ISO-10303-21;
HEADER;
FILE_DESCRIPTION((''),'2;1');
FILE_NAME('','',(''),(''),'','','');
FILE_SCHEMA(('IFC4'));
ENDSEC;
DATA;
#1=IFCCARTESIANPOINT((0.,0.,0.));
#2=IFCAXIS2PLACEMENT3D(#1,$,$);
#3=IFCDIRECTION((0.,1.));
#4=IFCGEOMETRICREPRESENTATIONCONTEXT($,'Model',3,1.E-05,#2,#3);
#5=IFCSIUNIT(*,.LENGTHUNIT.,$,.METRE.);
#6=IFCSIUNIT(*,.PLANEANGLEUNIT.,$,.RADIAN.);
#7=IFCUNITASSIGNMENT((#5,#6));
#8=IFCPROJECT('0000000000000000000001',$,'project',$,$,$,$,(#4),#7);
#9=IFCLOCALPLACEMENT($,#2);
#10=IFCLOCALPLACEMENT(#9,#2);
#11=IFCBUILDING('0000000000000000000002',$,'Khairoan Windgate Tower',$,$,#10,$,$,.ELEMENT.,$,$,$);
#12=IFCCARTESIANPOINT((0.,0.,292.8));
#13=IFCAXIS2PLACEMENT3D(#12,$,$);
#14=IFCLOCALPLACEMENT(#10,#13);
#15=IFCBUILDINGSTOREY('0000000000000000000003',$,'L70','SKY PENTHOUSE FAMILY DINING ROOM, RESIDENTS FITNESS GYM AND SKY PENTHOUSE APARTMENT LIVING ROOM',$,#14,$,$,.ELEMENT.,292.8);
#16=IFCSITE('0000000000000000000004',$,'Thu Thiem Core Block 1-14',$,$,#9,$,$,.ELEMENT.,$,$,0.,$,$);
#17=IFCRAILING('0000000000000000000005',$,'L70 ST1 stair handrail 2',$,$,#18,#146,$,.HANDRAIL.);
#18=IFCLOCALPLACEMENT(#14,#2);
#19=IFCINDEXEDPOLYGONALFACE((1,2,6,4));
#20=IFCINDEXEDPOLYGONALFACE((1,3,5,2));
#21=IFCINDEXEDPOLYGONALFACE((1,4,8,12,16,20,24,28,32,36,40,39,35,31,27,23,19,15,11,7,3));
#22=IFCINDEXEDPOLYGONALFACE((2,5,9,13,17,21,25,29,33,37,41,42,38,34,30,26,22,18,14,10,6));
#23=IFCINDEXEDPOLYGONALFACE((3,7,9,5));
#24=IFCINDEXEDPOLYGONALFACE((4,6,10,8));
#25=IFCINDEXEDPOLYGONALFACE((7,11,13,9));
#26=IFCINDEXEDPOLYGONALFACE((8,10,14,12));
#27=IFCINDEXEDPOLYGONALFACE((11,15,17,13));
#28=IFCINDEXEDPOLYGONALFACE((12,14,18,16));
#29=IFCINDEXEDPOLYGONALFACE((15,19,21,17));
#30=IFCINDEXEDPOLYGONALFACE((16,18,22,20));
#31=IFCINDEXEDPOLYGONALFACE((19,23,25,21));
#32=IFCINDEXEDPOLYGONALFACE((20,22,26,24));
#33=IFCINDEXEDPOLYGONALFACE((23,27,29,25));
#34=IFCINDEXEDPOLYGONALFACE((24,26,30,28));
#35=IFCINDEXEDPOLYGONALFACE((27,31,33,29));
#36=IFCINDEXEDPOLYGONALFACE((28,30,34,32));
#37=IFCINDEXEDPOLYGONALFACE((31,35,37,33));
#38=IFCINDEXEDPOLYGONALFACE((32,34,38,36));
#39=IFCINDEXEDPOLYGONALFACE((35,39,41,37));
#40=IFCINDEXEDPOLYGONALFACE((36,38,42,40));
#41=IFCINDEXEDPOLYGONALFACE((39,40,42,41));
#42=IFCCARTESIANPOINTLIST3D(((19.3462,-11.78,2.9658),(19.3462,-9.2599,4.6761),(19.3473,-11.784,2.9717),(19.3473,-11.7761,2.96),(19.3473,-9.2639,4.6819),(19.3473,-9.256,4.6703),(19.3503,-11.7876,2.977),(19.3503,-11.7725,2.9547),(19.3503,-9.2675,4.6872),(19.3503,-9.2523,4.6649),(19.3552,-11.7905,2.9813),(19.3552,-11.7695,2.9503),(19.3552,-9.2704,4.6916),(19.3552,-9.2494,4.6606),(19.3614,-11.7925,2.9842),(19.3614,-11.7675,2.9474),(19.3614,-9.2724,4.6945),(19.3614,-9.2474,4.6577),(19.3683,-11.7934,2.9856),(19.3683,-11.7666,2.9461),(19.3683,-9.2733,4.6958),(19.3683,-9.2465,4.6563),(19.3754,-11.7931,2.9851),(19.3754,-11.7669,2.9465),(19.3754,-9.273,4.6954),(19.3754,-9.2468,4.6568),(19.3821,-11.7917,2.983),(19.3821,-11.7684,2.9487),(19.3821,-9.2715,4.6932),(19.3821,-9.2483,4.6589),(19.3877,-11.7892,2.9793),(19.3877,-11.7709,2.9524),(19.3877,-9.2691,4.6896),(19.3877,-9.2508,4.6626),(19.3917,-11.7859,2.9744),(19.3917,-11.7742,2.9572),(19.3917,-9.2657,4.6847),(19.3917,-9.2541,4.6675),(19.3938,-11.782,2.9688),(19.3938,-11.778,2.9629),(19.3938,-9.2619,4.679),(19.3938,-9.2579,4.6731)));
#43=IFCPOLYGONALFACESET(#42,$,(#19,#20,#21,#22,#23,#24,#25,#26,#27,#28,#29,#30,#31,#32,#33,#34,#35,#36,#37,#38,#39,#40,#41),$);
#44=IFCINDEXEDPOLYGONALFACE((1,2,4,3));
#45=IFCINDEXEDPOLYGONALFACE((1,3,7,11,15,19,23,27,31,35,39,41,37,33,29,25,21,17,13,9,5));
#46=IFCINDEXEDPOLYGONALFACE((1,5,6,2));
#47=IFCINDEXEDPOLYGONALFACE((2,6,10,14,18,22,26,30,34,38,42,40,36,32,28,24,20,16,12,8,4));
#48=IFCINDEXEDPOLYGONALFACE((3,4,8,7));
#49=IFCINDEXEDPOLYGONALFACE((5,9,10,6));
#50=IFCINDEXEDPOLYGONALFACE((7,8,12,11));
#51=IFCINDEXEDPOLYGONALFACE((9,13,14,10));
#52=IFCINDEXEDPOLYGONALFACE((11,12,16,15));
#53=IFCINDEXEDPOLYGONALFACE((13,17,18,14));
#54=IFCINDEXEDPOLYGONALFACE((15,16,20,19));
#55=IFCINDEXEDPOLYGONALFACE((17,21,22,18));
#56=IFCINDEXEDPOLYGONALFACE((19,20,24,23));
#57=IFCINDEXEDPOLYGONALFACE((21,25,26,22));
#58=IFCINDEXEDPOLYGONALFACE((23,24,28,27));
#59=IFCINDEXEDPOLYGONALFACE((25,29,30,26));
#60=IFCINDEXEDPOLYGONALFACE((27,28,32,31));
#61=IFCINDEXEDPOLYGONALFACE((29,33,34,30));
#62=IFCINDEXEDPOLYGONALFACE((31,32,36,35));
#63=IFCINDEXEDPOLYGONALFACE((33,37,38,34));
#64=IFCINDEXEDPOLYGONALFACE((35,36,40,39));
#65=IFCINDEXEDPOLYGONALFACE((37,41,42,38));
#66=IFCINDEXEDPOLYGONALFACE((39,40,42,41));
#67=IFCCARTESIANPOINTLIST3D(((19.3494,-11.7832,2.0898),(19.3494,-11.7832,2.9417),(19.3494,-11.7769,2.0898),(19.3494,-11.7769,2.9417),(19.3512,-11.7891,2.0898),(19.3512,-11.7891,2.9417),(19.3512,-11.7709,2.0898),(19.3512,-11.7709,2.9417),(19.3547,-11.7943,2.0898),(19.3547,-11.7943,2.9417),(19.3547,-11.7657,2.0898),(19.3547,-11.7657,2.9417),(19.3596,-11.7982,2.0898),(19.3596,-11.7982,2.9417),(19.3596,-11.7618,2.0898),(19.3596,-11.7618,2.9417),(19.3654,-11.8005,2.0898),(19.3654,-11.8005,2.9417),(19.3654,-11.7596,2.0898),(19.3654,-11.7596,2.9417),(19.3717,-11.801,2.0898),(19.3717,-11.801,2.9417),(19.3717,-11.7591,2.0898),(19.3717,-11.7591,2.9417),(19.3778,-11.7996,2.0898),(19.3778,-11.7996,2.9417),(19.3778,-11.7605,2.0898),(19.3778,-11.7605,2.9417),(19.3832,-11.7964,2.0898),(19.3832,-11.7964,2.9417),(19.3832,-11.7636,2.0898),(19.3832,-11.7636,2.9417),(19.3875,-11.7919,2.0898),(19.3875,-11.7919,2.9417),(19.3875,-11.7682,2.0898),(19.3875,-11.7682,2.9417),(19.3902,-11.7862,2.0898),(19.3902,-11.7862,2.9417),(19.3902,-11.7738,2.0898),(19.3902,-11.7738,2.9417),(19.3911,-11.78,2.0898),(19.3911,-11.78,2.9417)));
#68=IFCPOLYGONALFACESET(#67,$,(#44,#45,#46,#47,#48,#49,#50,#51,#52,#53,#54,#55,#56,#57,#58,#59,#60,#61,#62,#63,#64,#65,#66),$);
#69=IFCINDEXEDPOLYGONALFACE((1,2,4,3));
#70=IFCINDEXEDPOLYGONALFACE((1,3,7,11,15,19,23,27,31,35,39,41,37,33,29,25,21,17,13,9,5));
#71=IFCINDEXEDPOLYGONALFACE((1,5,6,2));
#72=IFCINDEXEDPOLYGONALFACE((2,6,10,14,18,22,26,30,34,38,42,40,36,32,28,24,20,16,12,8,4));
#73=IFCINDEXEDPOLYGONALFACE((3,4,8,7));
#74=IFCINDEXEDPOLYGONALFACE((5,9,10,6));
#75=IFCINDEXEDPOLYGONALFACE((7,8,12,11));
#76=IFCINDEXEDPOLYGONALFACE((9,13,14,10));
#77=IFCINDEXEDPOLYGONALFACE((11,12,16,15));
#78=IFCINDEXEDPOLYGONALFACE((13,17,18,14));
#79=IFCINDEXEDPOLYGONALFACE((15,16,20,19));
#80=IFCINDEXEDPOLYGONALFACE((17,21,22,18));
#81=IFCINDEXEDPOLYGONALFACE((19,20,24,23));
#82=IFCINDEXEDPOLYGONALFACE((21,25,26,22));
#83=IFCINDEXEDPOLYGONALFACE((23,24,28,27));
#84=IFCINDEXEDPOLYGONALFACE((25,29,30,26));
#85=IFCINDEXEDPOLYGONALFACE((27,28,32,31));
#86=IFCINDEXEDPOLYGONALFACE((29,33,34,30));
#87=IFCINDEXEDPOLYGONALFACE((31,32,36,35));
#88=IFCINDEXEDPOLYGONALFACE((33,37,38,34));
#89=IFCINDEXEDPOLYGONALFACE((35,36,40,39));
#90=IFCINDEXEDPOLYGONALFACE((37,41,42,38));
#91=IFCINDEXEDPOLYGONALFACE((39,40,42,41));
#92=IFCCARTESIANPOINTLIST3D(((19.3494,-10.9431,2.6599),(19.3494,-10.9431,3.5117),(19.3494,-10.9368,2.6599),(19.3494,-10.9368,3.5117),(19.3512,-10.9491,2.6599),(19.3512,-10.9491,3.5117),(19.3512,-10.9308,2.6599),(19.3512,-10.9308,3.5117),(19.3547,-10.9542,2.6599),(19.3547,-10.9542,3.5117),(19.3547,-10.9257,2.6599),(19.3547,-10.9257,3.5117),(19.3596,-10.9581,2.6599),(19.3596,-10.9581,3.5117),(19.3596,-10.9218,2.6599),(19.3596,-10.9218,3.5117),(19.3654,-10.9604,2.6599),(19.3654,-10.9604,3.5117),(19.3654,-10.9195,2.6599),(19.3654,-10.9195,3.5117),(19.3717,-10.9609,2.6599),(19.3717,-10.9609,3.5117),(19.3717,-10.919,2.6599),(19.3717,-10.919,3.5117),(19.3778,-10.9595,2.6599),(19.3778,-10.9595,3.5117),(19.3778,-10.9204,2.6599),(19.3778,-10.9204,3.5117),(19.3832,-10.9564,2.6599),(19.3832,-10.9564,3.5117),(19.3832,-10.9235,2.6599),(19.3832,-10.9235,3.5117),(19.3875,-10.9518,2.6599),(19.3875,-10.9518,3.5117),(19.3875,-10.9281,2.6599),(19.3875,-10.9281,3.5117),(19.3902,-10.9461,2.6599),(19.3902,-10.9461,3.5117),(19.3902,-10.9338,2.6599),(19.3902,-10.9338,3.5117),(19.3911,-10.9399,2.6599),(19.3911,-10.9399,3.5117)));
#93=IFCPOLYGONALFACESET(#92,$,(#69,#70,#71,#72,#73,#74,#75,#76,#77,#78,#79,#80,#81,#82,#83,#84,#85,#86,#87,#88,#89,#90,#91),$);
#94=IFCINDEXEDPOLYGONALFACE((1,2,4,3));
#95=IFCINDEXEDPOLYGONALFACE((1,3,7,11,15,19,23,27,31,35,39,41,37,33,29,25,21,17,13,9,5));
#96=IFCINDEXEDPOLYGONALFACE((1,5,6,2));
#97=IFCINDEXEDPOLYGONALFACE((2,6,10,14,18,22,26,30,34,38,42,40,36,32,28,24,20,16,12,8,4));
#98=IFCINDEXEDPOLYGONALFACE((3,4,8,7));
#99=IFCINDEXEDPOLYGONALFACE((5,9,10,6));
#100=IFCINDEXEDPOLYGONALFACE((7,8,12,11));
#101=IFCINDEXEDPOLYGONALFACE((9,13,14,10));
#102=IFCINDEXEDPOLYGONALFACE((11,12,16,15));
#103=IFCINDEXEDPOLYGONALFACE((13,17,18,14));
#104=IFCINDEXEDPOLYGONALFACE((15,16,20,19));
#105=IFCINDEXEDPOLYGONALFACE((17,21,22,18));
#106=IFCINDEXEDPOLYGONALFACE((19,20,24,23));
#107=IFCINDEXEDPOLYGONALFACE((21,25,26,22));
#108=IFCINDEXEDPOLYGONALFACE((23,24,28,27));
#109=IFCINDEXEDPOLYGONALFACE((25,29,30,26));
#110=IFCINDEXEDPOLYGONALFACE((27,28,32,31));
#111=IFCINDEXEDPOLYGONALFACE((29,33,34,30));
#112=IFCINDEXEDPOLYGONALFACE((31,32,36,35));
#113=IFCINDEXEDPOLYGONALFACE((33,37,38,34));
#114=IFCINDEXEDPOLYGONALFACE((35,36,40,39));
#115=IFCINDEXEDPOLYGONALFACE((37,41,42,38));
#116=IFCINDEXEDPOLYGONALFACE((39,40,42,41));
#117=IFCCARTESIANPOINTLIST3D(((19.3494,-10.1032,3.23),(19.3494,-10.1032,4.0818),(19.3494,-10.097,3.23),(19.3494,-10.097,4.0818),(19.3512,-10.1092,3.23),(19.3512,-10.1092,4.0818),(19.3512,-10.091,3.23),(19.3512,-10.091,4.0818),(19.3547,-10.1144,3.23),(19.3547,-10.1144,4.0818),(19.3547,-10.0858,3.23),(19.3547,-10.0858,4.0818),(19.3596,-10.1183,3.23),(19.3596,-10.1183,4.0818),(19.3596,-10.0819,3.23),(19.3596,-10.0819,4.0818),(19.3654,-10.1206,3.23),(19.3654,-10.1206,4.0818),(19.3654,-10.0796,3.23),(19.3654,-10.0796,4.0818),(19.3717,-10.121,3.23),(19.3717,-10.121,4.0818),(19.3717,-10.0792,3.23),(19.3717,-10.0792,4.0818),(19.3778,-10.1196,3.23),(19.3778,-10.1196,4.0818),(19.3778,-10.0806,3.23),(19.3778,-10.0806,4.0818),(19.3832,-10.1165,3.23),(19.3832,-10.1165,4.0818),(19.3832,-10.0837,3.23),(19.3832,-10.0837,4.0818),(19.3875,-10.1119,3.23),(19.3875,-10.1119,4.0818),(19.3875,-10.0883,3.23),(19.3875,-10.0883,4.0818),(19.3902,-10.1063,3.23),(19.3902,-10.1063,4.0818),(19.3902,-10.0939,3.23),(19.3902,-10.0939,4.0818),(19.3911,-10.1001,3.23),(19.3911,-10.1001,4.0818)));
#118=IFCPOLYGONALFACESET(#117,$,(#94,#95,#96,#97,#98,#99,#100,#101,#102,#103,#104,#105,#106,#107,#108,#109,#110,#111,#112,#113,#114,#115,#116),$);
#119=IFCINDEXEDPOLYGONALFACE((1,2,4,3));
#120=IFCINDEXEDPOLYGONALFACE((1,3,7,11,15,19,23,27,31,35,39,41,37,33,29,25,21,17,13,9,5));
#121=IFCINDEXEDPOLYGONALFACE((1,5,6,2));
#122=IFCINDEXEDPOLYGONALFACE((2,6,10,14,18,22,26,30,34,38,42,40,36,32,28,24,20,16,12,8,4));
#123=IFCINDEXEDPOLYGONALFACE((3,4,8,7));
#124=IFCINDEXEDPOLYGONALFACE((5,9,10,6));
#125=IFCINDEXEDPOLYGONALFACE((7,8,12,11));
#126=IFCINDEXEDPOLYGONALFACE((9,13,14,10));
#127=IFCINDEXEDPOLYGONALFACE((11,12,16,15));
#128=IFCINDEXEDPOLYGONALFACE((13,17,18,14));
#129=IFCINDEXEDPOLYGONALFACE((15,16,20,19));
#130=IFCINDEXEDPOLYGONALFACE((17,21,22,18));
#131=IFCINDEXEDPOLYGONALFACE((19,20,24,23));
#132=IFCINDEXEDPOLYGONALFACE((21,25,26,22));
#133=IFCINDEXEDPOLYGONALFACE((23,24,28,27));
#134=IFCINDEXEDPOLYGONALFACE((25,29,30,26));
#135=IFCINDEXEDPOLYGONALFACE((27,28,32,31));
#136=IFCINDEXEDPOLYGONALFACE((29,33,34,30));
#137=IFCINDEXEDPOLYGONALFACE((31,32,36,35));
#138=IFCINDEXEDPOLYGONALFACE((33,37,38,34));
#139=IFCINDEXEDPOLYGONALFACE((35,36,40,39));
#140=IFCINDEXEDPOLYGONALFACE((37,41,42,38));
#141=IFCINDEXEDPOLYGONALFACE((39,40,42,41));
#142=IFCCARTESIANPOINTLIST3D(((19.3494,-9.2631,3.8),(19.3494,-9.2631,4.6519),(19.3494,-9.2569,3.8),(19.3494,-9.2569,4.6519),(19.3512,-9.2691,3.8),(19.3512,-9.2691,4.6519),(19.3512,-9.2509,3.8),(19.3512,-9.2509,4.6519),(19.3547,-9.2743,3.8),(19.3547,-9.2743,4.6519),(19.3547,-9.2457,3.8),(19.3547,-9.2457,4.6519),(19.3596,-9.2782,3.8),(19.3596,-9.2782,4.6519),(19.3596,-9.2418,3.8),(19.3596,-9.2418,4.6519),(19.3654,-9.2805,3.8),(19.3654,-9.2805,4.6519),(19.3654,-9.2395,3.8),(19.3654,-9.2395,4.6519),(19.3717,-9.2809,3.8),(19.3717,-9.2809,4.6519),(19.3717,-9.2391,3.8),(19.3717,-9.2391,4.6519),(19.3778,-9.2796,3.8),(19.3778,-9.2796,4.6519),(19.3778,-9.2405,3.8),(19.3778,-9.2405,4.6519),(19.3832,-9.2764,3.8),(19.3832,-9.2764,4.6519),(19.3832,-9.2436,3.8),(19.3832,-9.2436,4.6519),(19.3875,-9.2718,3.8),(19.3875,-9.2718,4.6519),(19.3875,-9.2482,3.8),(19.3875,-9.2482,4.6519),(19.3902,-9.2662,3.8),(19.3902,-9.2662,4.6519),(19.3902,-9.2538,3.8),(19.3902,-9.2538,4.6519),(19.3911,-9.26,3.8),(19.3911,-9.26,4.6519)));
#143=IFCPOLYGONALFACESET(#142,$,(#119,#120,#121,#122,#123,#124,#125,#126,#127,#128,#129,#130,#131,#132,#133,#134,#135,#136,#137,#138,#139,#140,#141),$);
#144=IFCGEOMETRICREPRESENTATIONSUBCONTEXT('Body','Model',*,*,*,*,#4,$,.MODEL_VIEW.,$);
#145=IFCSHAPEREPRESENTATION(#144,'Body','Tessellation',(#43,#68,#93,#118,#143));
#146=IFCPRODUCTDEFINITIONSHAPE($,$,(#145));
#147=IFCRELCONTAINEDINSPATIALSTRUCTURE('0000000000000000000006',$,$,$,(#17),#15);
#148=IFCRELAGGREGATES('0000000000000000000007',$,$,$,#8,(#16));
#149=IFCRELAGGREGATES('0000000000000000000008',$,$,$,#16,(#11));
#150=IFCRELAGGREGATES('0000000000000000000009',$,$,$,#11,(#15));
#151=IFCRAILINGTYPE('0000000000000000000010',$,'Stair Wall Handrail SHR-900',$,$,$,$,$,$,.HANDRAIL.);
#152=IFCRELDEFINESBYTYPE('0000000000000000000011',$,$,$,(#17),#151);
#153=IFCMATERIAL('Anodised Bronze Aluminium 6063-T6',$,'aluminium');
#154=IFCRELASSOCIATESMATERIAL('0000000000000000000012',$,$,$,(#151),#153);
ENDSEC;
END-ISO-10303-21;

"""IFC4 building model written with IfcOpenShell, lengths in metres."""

from ifc_helpers import new_model, si_unit, direction, frame, origin, origin_2d, place, context, subcontext, project, spatial, circle, extrude, material, type_object, element, save


model = new_model("IFC4")

# Units and contexts
model_context = context("Model", 3, precision=1e-05, world=origin(), true_north=direction((0.0, 1.0)))
body_context = subcontext(model_context, "Body", "Model", "MODEL_VIEW")
ifc_project = project(units=[si_unit("LENGTHUNIT", "METRE"), si_unit("PLANEANGLEUNIT", "RADIAN")], contexts=[model_context])

# Site, building, storey
site_placement = place(None, origin())
site = spatial("IfcSite", under=ifc_project, at=site_placement, Name="Thu Thiem Core Block 1-14", CompositionType="ELEMENT", RefElevation=0.0)
building_placement = place(site_placement, origin())
building = spatial("IfcBuilding", under=site, at=building_placement, Name="Khairoan Windgate Tower", CompositionType="ELEMENT")
storey_placement = place(building_placement, frame((0.0, 0.0, 292.8)))
storey = spatial("IfcBuildingStorey", under=building, at=storey_placement, Name="L70", Description="SKY PENTHOUSE FAMILY DINING ROOM, RESIDENTS FITNESS GYM AND SKY PENTHOUSE APARTMENT LIVING ROOM", CompositionType="ELEMENT", Elevation=292.8)

# Railing
ifc_material_1 = material(Name="Anodised Bronze Aluminium 6063-T6", Category="aluminium")
railing_type_1 = type_object("IfcRailingType", Name="Stair Wall Handrail SHR-900", PredefinedType="HANDRAIL", material=ifc_material_1)
railing_1_placement = place(storey_placement, frame((19.3701, -11.78, 2.0898)))
element("IfcRailing", 1, at=railing_1_placement, inside=storey, type_object=railing_type_1, Name="L70 ST1 stair handrail 2", PredefinedType="HANDRAIL", context=body_context, shape_type="SweptSolid", body=[
    extrude(circle(Radius=0.0239, at=origin_2d()), frame((0.0, 0.0, 0.876), z_axis=(0.0, 0.827447, 0.561545), x_axis=(-1.0, 0.0, 0.0)), (0.0, 0.0, 1.0), 3.0457),
    extrude(circle(Radius=0.021, at=origin_2d()), origin(), (0.0, 0.0, 1.0), 0.8518),
    extrude(circle(Radius=0.021, at=origin_2d()), frame((0.0, 0.8401, 0.5701)), (0.0, 0.0, 1.0), 0.8518),
    extrude(circle(Radius=0.021, at=origin_2d()), frame((0.0, 1.6799, 1.1401)), (0.0, 0.0, 1.0), 0.8518),
    extrude(circle(Radius=0.021, at=origin_2d()), frame((0.0, 2.52, 1.7102)), (0.0, 0.0, 1.0), 0.8518),
])

save(model, "model.ifc")
